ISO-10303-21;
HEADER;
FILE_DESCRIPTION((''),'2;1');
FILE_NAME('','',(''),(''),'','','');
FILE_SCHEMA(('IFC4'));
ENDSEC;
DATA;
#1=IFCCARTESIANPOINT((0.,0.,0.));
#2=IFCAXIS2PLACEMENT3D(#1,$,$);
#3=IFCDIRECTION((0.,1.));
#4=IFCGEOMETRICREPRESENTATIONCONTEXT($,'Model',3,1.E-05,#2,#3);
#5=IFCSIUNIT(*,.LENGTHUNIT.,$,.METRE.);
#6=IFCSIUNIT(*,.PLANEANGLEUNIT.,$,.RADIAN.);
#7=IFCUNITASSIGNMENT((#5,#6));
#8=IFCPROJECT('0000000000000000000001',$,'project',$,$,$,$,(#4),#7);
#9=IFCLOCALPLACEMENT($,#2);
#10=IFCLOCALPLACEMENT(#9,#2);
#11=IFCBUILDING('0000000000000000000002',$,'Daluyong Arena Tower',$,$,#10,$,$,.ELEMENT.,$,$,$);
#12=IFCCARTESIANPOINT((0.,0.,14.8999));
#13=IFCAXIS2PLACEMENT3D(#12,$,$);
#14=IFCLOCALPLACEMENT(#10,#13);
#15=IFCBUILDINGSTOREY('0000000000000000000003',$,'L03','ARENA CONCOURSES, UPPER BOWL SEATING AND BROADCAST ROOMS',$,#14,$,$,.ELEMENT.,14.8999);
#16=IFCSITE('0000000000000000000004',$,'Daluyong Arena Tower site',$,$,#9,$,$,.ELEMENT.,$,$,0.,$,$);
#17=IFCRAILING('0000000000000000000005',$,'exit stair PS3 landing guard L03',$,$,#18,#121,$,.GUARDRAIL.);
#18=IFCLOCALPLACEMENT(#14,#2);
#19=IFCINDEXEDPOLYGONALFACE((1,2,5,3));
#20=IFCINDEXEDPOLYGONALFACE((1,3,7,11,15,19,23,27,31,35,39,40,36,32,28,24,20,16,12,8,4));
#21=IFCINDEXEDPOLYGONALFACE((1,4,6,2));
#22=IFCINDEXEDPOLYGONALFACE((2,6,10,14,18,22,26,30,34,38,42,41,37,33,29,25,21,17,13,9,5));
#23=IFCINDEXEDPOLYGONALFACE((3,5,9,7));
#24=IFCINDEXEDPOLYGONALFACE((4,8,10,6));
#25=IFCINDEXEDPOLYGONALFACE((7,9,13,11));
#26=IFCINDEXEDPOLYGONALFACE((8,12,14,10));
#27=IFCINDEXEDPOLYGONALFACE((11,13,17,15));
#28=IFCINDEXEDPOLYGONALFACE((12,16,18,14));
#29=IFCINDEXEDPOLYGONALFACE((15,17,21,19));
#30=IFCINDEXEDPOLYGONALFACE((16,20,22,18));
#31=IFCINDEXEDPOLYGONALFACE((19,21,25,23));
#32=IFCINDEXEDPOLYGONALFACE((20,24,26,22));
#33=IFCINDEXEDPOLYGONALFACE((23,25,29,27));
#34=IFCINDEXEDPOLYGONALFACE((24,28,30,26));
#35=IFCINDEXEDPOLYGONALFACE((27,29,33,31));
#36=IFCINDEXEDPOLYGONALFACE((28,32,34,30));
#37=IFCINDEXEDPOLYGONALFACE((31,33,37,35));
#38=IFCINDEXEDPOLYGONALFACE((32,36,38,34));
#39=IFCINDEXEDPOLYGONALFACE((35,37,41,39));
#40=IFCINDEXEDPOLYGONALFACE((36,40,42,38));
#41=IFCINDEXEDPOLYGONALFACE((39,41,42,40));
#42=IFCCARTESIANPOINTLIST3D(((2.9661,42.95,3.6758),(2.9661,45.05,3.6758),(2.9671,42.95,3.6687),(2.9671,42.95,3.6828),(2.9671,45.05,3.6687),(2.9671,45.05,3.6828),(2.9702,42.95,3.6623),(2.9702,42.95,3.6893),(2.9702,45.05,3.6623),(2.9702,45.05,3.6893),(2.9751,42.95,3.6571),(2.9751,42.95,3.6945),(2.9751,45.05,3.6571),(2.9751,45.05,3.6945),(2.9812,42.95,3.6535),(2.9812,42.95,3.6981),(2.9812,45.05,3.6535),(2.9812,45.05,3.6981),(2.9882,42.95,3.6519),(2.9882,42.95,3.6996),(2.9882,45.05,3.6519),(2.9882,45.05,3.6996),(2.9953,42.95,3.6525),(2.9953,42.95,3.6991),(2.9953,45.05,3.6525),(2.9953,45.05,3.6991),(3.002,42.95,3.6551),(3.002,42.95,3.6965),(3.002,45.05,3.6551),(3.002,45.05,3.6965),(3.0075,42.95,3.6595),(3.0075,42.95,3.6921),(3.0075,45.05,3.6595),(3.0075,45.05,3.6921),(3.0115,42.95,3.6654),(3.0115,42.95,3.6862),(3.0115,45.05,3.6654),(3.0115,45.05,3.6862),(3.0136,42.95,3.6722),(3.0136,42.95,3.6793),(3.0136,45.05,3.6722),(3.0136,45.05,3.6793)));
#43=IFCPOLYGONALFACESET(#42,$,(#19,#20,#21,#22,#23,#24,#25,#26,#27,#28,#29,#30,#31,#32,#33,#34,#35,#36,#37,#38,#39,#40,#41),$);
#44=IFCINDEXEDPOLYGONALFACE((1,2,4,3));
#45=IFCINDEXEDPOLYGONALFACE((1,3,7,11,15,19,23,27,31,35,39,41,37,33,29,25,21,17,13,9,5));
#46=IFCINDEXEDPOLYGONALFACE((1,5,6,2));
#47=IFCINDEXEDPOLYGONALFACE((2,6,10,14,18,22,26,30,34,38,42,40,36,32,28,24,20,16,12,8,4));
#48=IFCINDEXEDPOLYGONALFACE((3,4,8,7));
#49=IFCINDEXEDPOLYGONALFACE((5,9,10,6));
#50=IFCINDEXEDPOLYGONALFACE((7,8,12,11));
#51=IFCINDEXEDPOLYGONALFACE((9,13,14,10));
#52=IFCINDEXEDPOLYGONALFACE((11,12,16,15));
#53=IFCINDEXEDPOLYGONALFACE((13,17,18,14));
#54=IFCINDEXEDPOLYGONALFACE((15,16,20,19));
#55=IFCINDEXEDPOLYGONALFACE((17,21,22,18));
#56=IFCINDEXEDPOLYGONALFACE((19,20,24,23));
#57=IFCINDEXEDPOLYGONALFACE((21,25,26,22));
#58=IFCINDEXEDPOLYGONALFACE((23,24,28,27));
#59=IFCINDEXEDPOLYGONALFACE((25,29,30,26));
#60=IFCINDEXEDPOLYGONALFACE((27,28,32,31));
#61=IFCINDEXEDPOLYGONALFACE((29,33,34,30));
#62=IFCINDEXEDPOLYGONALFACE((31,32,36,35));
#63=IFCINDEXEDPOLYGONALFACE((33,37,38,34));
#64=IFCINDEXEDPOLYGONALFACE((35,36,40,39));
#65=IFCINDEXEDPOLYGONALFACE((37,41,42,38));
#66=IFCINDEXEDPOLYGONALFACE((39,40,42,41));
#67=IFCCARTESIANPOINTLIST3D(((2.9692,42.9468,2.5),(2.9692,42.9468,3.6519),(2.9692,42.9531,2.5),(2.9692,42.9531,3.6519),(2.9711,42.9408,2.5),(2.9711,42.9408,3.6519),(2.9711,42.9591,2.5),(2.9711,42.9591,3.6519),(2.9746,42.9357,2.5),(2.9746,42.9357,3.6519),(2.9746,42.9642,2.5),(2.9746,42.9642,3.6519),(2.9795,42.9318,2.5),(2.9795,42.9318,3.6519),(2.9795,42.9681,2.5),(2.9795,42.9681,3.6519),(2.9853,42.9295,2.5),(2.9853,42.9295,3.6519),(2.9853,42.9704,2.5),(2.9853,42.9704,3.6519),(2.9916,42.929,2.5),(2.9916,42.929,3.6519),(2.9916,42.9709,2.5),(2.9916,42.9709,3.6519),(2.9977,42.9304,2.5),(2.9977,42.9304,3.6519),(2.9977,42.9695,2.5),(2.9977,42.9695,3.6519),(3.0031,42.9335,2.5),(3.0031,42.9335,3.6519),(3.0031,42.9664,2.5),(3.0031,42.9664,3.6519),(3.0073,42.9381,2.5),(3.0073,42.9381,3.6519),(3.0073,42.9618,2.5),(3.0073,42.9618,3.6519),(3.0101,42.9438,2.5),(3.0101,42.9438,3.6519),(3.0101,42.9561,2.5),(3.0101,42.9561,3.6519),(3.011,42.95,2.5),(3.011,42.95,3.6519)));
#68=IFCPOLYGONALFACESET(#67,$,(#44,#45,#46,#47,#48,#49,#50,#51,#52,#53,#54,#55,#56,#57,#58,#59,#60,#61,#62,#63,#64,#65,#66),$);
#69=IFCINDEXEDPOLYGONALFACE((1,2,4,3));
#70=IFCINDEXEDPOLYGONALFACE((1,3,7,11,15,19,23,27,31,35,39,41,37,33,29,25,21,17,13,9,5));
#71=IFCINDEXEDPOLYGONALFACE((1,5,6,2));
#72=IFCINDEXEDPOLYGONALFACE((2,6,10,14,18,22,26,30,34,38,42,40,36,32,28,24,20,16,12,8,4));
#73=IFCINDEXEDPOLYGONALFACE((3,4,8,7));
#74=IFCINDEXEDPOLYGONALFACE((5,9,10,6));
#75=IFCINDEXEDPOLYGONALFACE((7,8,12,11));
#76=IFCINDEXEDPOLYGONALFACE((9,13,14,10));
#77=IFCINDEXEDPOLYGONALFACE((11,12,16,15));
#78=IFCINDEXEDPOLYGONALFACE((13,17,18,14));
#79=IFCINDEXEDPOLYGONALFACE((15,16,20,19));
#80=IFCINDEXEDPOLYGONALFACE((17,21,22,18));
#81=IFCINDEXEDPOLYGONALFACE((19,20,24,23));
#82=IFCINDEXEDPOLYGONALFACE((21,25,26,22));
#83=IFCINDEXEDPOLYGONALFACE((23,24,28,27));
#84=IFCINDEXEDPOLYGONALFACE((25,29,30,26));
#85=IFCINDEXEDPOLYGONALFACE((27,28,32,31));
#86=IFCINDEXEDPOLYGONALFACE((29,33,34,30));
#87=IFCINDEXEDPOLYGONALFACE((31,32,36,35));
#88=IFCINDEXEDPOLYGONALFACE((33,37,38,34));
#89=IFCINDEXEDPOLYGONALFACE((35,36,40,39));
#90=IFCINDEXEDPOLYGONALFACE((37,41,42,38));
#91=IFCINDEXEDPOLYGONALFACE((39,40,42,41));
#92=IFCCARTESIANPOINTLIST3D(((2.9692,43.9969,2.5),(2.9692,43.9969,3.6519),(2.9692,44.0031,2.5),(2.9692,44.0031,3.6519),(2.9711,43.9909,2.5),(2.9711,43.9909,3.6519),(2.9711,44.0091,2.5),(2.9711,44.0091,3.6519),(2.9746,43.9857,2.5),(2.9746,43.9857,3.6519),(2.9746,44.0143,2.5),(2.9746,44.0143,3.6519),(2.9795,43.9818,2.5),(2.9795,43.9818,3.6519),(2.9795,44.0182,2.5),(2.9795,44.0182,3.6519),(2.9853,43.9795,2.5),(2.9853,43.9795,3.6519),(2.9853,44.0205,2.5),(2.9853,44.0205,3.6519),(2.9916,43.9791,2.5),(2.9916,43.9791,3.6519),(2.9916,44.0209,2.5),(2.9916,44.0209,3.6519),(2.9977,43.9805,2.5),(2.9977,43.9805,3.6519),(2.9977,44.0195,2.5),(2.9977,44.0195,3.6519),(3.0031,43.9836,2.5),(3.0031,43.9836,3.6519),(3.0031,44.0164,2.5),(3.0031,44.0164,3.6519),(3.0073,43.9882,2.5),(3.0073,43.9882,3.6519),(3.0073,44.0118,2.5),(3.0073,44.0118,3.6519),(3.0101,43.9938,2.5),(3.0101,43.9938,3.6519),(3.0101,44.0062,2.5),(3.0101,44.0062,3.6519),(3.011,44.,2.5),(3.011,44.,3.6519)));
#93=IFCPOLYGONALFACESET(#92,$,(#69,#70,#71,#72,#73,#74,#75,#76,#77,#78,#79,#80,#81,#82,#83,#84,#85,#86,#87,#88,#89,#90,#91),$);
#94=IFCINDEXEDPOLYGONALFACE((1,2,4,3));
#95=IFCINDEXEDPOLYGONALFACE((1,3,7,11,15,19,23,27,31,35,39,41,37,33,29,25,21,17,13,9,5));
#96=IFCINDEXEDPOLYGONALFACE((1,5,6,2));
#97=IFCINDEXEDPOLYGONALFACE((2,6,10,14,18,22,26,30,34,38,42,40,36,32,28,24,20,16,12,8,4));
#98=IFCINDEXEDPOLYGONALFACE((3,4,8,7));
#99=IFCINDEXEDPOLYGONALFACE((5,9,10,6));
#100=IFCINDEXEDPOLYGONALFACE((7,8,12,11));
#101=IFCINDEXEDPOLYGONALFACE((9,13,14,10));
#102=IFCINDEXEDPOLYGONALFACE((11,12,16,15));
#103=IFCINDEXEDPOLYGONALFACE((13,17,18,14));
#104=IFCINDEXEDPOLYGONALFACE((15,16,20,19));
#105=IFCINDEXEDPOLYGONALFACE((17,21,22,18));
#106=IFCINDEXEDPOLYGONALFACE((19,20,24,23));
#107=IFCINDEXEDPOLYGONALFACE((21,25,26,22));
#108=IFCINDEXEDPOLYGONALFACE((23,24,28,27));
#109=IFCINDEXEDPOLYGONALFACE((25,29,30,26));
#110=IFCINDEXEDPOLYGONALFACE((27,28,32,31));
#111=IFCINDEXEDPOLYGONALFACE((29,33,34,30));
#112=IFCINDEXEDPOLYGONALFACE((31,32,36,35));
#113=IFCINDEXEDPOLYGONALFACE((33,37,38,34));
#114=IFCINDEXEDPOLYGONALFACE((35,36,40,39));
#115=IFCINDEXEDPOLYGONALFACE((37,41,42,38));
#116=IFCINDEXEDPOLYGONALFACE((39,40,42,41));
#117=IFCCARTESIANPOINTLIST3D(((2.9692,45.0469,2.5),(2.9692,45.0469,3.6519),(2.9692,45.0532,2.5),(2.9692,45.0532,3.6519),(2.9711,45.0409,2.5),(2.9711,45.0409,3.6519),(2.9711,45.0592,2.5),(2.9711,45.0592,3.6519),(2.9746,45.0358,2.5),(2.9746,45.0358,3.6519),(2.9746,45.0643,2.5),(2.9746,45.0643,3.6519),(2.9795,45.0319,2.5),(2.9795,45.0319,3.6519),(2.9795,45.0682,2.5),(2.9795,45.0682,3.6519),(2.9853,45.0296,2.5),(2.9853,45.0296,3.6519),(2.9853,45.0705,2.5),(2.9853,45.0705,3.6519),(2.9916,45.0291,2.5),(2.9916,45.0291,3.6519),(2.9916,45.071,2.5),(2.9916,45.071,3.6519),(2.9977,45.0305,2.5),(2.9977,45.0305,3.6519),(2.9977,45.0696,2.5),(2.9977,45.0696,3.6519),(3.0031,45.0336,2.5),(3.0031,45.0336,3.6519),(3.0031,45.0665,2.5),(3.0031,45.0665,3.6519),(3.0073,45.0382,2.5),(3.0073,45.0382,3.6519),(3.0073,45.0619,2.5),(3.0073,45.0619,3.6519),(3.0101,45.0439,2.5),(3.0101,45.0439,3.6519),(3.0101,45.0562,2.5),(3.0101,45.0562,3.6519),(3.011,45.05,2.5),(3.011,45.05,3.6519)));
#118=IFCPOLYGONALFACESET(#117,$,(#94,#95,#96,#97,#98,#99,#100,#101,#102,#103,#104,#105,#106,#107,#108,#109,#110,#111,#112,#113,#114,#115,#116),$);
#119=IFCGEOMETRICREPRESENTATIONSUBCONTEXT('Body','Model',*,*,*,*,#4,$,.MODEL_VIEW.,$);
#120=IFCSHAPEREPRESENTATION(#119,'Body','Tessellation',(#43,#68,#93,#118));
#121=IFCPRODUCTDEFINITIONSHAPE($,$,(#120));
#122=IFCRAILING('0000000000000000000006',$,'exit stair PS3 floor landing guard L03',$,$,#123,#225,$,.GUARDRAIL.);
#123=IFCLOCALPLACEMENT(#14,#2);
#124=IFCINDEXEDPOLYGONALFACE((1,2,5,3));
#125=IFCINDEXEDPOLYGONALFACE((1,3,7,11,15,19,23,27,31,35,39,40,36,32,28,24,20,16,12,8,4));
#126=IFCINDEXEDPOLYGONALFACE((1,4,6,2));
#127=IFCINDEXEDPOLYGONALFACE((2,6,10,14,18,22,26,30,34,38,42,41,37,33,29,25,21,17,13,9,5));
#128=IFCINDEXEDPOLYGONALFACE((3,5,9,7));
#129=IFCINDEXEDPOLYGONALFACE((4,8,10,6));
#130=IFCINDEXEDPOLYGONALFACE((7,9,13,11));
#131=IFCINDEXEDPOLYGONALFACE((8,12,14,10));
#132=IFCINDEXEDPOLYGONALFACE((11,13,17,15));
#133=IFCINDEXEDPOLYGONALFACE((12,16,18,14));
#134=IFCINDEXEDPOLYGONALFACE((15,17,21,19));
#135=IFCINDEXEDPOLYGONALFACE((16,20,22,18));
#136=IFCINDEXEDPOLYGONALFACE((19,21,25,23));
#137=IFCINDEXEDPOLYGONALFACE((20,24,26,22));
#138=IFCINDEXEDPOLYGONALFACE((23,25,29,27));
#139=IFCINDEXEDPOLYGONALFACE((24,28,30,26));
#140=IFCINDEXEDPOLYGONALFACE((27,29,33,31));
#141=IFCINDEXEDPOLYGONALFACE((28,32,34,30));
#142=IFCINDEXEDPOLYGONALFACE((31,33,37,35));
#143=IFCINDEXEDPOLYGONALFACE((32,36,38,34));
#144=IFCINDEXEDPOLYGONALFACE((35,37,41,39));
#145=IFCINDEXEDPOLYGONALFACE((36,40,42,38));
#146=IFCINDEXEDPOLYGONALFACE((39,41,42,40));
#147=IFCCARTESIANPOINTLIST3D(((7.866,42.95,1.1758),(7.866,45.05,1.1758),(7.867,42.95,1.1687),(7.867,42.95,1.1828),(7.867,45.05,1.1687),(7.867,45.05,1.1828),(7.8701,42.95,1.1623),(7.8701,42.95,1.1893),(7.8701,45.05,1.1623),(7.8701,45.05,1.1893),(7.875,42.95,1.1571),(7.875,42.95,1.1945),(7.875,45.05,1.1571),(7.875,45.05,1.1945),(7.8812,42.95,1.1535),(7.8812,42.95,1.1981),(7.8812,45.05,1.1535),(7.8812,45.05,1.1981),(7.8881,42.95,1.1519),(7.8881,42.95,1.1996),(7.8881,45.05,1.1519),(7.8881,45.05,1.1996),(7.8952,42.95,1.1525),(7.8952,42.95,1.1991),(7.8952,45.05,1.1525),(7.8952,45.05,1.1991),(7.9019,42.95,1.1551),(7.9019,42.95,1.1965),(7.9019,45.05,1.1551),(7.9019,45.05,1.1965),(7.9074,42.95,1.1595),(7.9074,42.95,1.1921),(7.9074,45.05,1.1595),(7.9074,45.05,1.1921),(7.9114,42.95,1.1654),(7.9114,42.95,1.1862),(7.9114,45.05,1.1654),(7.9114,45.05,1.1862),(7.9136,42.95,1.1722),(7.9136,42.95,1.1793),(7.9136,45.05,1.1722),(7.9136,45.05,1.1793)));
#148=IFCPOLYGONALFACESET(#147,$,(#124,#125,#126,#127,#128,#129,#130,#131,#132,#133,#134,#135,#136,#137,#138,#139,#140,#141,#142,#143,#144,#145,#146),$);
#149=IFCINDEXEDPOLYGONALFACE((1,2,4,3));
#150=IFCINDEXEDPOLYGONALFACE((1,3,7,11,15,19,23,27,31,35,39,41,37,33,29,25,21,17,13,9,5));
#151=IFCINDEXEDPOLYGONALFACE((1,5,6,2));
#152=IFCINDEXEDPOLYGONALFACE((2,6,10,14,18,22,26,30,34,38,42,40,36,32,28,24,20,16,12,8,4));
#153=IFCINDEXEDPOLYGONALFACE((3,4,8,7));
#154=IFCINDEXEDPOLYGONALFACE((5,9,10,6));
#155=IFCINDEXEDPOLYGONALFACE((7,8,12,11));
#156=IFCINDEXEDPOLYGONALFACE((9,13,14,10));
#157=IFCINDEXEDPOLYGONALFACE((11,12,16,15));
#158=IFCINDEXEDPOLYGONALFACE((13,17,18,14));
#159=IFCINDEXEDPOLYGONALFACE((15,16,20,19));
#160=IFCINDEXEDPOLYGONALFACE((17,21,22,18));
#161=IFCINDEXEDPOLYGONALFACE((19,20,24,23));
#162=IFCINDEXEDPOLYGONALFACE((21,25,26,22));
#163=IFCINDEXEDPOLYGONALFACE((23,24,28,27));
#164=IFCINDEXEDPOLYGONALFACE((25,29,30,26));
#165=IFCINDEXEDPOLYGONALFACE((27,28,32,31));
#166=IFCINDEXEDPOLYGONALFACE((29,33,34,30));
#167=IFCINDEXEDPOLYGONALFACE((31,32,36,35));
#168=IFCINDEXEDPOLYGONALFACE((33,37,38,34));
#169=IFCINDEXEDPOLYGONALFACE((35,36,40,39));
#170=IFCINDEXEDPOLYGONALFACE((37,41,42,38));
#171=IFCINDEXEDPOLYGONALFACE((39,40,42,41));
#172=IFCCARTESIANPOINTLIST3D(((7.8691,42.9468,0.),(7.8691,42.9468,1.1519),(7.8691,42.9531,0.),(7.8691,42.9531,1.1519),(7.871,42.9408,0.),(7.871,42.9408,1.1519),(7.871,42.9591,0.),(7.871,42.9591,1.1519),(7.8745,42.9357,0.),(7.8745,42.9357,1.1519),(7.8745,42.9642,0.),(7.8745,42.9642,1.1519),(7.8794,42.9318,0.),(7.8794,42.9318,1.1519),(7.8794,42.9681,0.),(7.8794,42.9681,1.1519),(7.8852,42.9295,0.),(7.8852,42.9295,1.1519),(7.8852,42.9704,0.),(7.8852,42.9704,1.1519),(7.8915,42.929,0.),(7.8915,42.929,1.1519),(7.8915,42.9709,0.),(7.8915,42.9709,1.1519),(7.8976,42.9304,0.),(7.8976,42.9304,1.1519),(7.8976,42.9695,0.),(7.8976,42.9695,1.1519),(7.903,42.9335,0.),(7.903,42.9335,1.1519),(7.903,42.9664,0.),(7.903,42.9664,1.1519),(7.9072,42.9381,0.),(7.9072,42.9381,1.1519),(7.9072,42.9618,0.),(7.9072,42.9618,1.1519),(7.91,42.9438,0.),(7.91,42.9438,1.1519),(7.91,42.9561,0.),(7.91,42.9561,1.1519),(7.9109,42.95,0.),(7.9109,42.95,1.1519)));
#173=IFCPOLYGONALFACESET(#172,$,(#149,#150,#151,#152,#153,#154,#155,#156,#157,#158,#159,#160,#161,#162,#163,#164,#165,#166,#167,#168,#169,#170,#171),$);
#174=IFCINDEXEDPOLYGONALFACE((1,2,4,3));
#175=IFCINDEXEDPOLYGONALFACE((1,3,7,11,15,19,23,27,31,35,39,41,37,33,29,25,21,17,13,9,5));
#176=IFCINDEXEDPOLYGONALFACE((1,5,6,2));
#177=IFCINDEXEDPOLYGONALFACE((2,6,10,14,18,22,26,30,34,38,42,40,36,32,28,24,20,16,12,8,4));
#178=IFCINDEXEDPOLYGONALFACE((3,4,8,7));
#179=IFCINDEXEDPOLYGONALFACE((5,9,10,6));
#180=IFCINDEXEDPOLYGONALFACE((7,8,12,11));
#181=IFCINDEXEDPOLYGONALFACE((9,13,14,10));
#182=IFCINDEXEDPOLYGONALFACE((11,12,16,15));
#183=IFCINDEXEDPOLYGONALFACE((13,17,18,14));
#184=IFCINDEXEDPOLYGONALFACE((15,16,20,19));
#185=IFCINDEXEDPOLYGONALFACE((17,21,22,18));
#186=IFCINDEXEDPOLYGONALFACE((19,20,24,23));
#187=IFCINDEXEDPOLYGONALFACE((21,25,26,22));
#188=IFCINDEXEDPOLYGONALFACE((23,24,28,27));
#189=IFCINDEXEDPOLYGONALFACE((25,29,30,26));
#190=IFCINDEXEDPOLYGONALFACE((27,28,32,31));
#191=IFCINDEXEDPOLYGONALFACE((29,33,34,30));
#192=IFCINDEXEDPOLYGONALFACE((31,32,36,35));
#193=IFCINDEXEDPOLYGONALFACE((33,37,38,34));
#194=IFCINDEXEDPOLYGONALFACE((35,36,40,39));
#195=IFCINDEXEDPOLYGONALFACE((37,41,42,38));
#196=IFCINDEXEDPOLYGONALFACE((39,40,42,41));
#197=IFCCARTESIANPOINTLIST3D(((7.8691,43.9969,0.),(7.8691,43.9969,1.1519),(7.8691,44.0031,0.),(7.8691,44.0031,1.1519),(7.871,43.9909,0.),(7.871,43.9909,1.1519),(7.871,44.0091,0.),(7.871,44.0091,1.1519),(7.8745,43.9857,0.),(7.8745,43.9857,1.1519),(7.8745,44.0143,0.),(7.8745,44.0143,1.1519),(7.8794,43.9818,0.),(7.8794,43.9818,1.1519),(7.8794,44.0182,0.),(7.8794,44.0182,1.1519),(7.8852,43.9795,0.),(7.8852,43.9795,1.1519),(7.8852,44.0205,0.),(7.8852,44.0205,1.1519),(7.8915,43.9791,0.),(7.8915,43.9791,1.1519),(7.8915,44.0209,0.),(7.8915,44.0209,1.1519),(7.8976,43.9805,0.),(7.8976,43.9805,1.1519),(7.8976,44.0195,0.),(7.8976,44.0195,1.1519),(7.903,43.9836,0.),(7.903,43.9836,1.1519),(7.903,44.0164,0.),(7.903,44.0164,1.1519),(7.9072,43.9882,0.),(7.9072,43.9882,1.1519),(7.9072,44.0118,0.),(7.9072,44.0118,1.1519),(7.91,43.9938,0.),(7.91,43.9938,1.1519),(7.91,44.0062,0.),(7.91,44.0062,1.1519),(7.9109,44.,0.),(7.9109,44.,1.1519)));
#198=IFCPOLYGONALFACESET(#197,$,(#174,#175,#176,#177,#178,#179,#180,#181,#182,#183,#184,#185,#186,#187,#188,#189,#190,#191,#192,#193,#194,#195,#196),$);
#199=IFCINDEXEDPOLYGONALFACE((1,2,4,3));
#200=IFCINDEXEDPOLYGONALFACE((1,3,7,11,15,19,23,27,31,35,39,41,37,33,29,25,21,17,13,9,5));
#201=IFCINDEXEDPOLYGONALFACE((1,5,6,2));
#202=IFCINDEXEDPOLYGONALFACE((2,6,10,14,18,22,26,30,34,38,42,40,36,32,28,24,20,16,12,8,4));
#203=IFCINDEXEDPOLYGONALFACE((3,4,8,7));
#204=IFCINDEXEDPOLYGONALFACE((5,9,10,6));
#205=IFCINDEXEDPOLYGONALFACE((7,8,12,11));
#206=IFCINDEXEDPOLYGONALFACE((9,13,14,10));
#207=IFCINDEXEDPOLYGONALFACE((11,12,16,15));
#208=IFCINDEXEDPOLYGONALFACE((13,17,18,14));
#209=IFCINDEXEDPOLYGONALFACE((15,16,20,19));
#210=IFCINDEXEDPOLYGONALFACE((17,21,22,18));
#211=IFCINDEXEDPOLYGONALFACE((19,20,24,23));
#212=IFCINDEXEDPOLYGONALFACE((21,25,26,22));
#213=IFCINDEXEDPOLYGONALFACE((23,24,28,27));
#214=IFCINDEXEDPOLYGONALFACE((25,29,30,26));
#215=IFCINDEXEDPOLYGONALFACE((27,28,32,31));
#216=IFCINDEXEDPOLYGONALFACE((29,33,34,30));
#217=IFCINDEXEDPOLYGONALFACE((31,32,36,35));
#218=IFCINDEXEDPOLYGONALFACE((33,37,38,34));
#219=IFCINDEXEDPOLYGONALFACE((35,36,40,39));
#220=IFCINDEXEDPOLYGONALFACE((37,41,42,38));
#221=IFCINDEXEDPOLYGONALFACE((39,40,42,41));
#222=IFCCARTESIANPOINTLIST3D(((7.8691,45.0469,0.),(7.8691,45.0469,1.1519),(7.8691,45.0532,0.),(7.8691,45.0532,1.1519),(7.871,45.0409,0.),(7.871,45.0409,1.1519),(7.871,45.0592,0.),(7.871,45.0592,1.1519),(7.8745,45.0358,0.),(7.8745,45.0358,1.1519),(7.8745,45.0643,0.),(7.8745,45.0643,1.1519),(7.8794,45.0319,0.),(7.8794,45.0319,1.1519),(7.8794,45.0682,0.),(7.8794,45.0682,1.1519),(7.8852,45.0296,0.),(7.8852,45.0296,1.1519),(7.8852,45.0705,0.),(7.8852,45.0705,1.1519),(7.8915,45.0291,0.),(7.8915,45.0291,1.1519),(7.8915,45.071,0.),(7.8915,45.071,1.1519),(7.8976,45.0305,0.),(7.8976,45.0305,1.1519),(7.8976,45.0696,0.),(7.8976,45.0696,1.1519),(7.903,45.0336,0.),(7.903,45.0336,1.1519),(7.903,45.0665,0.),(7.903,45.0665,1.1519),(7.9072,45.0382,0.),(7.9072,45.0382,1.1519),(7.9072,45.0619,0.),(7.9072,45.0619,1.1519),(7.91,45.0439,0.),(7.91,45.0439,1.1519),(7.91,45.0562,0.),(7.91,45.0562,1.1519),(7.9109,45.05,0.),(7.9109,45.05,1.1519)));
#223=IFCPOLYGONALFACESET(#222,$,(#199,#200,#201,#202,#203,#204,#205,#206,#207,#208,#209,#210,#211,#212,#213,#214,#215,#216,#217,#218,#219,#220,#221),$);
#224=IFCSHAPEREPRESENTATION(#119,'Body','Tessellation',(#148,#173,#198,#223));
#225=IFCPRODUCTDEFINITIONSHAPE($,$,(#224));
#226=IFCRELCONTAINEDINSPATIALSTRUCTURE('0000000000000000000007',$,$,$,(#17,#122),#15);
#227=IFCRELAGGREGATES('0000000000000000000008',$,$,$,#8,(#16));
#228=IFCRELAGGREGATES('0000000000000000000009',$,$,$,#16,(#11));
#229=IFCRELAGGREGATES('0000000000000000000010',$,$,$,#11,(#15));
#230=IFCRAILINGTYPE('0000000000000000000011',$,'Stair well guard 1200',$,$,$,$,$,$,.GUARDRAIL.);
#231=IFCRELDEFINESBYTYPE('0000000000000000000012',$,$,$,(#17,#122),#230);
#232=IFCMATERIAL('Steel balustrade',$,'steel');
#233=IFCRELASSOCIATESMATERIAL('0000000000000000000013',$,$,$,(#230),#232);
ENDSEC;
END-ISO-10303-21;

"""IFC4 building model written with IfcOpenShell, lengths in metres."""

from ifc_helpers import new_model, si_unit, direction, frame, origin, origin_2d, place, context, subcontext, project, spatial, circle, extrude, material, type_object, element, save


model = new_model("IFC4")

# Units and contexts
model_context = context("Model", 3, precision=1e-05, world=origin(), true_north=direction((0.0, 1.0)))
body_context = subcontext(model_context, "Body", "Model", "MODEL_VIEW")
ifc_project = project(units=[si_unit("LENGTHUNIT", "METRE"), si_unit("PLANEANGLEUNIT", "RADIAN")], contexts=[model_context])

# Site, building, storey
site_placement = place(None, origin())
site = spatial("IfcSite", under=ifc_project, at=site_placement, Name="Daluyong Arena Tower site", CompositionType="ELEMENT", RefElevation=0.0)
building_placement = place(site_placement, origin())
building = spatial("IfcBuilding", under=site, at=building_placement, Name="Daluyong Arena Tower", CompositionType="ELEMENT")
storey_placement = place(building_placement, frame((0.0, 0.0, 14.8999)))
storey = spatial("IfcBuildingStorey", under=building, at=storey_placement, Name="L03", Description="ARENA CONCOURSES, UPPER BOWL SEATING AND BROADCAST ROOMS", CompositionType="ELEMENT", Elevation=14.8999)

# Railings
ifc_material_1 = material(Name="Steel balustrade", Category="steel")
railing_type_1 = type_object("IfcRailingType", Name="Stair well guard 1200", PredefinedType="GUARDRAIL", material=ifc_material_1)
for number, where, name in (
    (1, (2.99, 42.95, 2.5), "exit stair PS3 landing guard L03"),
    (2, (7.8899, 42.95, 0.0), "exit stair PS3 floor landing guard L03"),
):
    element("IfcRailing", number, at=place(storey_placement, frame(where)), inside=storey, type_object=railing_type_1, Name=name, PredefinedType="GUARDRAIL", context=body_context, shape_type="SweptSolid", body=[
        extrude(circle(Radius=0.0239, at=origin_2d()), frame((0.0, 0.0, 1.1758), z_axis=(0.0, 1.0, 0.0), x_axis=(-1.0, 0.0, 0.0)), (0.0, 0.0, 1.0), 2.1001),
        extrude(circle(Radius=0.021, at=origin_2d()), origin(), (0.0, 0.0, 1.0), 1.1519),
        extrude(circle(Radius=0.021, at=origin_2d()), frame((0.0, 1.05, 0.0)), (0.0, 0.0, 1.0), 1.1519),
        extrude(circle(Radius=0.021, at=origin_2d()), frame((0.0, 2.1001, 0.0)), (0.0, 0.0, 1.0), 1.1519),
    ])

save(model, "model.ifc")
